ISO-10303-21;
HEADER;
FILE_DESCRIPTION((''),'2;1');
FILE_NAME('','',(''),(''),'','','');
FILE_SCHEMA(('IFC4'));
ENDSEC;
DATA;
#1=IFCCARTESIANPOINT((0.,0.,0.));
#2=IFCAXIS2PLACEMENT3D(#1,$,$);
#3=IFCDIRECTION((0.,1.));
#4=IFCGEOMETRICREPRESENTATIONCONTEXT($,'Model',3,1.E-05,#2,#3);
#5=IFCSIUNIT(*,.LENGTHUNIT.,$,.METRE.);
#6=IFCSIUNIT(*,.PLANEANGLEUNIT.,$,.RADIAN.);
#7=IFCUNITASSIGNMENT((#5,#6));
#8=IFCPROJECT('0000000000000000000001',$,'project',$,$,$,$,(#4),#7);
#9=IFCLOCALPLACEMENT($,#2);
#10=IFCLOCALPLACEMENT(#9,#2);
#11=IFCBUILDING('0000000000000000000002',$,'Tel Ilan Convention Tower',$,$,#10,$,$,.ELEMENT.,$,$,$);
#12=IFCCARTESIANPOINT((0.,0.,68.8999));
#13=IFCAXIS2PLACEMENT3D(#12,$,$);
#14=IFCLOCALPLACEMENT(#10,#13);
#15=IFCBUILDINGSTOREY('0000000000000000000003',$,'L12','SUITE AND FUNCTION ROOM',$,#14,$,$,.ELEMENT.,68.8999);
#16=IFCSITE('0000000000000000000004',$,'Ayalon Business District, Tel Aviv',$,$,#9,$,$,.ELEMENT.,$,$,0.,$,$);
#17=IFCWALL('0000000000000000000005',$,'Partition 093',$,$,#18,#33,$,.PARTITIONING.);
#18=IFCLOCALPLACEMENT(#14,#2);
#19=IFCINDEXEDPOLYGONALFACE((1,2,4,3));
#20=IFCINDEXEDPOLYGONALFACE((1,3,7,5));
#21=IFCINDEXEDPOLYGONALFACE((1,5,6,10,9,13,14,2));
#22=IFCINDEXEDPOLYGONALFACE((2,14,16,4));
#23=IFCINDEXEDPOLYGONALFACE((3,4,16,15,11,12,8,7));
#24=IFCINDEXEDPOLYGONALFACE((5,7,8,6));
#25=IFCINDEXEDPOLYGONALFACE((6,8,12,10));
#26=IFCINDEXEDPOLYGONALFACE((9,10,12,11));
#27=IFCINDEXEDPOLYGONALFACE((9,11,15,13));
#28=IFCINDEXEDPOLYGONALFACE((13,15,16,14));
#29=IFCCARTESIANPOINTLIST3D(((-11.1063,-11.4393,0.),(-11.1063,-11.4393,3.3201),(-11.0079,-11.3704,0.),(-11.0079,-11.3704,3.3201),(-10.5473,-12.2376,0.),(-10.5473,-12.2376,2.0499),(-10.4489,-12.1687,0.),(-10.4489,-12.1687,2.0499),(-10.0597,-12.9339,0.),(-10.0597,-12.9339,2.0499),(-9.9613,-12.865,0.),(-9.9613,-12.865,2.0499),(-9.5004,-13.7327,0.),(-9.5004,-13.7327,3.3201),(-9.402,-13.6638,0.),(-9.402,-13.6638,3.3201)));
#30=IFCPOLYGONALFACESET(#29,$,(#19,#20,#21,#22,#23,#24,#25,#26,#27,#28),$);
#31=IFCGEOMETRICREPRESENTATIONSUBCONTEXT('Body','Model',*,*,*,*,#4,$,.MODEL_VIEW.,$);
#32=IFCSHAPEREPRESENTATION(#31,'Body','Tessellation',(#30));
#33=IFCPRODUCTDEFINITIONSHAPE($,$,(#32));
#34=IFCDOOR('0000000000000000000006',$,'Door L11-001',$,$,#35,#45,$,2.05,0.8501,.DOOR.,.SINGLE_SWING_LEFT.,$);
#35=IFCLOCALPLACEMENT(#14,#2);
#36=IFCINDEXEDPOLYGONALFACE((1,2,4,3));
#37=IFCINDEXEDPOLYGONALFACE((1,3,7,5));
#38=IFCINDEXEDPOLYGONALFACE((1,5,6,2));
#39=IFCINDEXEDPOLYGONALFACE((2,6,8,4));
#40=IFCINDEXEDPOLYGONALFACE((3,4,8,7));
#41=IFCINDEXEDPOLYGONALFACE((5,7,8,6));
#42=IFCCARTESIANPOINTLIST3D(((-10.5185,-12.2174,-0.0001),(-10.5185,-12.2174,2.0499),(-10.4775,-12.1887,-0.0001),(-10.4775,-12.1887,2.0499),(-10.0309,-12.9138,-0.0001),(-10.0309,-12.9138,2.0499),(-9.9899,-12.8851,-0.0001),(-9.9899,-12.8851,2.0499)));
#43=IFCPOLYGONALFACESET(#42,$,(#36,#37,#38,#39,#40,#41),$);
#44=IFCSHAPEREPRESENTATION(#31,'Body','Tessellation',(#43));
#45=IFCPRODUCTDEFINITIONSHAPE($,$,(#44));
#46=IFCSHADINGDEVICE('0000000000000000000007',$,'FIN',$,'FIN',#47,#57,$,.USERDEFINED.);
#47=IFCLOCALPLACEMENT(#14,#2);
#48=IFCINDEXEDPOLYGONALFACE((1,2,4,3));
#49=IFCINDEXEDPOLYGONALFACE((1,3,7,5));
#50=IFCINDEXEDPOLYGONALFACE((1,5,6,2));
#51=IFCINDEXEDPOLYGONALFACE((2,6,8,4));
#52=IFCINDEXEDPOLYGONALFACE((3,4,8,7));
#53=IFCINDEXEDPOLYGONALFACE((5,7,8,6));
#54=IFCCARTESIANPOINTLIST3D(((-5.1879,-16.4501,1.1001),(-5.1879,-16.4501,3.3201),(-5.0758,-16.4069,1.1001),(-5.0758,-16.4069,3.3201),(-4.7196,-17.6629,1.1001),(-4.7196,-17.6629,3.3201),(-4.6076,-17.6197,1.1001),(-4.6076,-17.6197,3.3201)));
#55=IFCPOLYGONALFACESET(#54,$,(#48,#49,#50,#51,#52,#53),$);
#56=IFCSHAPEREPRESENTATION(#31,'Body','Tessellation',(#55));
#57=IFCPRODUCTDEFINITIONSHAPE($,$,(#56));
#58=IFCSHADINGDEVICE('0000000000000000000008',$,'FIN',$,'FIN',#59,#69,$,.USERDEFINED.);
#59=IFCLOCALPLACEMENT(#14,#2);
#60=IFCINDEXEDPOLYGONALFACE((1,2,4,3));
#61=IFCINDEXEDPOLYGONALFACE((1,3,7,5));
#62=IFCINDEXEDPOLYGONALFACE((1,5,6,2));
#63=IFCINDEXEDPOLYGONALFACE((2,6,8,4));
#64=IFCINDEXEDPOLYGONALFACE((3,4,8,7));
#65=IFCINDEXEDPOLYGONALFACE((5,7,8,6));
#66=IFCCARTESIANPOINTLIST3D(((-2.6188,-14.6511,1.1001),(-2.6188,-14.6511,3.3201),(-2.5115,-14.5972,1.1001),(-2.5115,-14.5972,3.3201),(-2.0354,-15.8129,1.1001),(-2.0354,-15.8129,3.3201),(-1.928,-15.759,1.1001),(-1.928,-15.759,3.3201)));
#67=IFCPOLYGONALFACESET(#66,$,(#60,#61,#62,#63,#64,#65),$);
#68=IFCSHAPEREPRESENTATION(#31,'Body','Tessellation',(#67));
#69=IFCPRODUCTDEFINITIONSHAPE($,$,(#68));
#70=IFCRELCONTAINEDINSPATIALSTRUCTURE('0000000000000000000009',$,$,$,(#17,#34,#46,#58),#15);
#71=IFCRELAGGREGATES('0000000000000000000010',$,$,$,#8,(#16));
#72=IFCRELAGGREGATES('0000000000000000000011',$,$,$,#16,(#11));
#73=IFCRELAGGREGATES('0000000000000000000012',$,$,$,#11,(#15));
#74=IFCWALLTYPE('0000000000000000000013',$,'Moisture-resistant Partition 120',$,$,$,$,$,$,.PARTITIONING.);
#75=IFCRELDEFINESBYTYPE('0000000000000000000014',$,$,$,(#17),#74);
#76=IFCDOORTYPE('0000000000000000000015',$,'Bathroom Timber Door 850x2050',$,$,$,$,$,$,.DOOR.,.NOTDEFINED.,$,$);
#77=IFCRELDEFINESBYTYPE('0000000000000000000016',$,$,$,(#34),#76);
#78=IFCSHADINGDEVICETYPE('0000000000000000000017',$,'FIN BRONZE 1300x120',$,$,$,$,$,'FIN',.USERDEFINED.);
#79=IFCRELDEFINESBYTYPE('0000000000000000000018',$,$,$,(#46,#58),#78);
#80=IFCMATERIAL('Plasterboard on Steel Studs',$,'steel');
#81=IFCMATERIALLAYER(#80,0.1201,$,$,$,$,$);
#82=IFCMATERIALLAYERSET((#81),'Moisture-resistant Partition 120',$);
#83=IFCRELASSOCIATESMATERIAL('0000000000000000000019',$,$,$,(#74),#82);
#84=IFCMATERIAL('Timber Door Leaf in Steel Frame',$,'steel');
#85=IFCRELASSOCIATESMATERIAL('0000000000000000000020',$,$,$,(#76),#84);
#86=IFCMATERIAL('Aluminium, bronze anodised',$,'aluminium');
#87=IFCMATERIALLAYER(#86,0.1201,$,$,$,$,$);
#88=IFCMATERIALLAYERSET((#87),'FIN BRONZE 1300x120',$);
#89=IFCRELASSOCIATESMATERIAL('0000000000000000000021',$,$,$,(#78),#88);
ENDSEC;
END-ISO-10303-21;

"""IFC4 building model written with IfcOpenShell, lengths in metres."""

from ifc_helpers import new_model, si_unit, direction, frame, frame_2d, origin, origin_2d, place, context, subcontext, project, spatial, rectangle, extrude, material, layer, layer_set, type_object, element, fill, save


model = new_model("IFC4")

# Units and contexts
model_context = context("Model", 3, precision=1e-05, world=origin(), true_north=direction((0.0, 1.0)))
body_context = subcontext(model_context, "Body", "Model", "MODEL_VIEW")
ifc_project = project(units=[si_unit("LENGTHUNIT", "METRE"), si_unit("PLANEANGLEUNIT", "RADIAN")], contexts=[model_context])

# Site, building, storey
site_placement = place(None, origin())
site = spatial("IfcSite", under=ifc_project, at=site_placement, Name="Ayalon Business District, Tel Aviv", CompositionType="ELEMENT", RefElevation=0.0)
building_placement = place(site_placement, origin())
building = spatial("IfcBuilding", under=site, at=building_placement, Name="Tel Ilan Convention Tower", CompositionType="ELEMENT")
storey_placement = place(building_placement, frame((0.0, 0.0, 68.8999)))
storey = spatial("IfcBuildingStorey", under=building, at=storey_placement, Name="L12", Description="SUITE AND FUNCTION ROOM", CompositionType="ELEMENT", Elevation=68.8999)

# Shared definitions
ifc_material_1 = material(Name="Plasterboard on Steel Studs", Category="steel")
ifc_layer_1 = layer(ifc_material_1, 0.1201)
ifc_layer_set_1 = layer_set([ifc_layer_1], Name="Moisture-resistant Partition 120")
wall_type_1 = type_object("IfcWallType", Name="Moisture-resistant Partition 120", PredefinedType="PARTITIONING", material=ifc_layer_set_1)

# Wall, opening, door
wall_1_placement = place(storey_placement, frame((-9.4512, -13.6982, 0.0), z_axis=(0.0, 0.0, 1.0), x_axis=(-0.573591, 0.819142, 0.0)))
wall_1 = element("IfcWall", 1, at=wall_1_placement, inside=storey, type_object=wall_type_1, Name="Partition 093", PredefinedType="PARTITIONING", context=body_context, shape_type="SweptSolid", body=[
    extrude(rectangle(XDim=2.7998, YDim=0.1201, at=frame_2d((1.3999, 0.0))), origin(), (0.0, 0.0, 1.0), 3.3201),
])
opening_1_placement = place(wall_1_placement, frame((0.9751, 0.0, 0.0)))
opening_1 = element("IfcOpeningElement", 2, at=opening_1_placement, cuts=wall_1, PredefinedType="OPENING", context=body_context, shape_type="SweptSolid", body=[
    extrude(rectangle(XDim=0.8501, YDim=2.05, at=frame_2d((0.425, 1.0249))), frame((0.0, 0.0701, 0.0), z_axis=(0.0, -1.0, 0.0), x_axis=(1.0, 0.0, 0.0)), (0.0, 0.0, 1.0), 0.1401),
])
ifc_material_2 = material(Name="Timber Door Leaf in Steel Frame", Category="steel")
door_type_1 = type_object("IfcDoorType", Name="Bathroom Timber Door 850x2050", OperationType="NOTDEFINED", PredefinedType="DOOR", material=ifc_material_2)
door_1_placement = place(opening_1_placement, origin())
door_1 = element("IfcDoor", 3, at=door_1_placement, inside=storey, type_object=door_type_1, Name="Door L11-001", OperationType="SINGLE_SWING_LEFT", OverallHeight=2.05, OverallWidth=0.8501, PredefinedType="DOOR", context=body_context, shape_type="SweptSolid", body=[
    extrude(rectangle(XDim=0.8501, YDim=2.05, at=frame_2d((0.425, 1.0249))), frame((0.0, 0.0249, 0.0), z_axis=(0.0, -1.0, 0.0), x_axis=(1.0, 0.0, 0.0)), (0.0, 0.0, 1.0), 0.05),
])
fill(opening_1, door_1)

# Shading devices
ifc_material_3 = material(Name="Aluminium, bronze anodised", Category="aluminium")
ifc_layer_2 = layer(ifc_material_3, 0.1201)
ifc_layer_set_2 = layer_set([ifc_layer_2], Name="FIN BRONZE 1300x120")
shading_device_type = type_object("IfcShadingDeviceType", Name="FIN BRONZE 1300x120", ElementType="FIN", PredefinedType="USERDEFINED", material=ifc_layer_set_2)
for number, where, z_axis, x_axis, name in (
    (4, (-4.8977, -17.0349, 1.1001), (0.0, 0.0, 1.0), (0.360178, -0.932884, 0.0), "FIN"),
    (5, (-2.2734, -15.2051, 1.1001), (0.0, 0.0, 1.0), (0.448799, -0.893633, 0.0), "FIN"),
):
    element("IfcShadingDevice", number, at=place(storey_placement, frame(where, z_axis=z_axis, x_axis=x_axis)), inside=storey, type_object=shading_device_type, Name=name, ObjectType="FIN", PredefinedType="USERDEFINED", context=body_context, shape_type="SweptSolid", body=[
        extrude(rectangle(XDim=1.3, YDim=0.1201, at=origin_2d()), origin(), (0.0, 0.0, 1.0), 2.22),
    ])

save(model, "model.ifc")
